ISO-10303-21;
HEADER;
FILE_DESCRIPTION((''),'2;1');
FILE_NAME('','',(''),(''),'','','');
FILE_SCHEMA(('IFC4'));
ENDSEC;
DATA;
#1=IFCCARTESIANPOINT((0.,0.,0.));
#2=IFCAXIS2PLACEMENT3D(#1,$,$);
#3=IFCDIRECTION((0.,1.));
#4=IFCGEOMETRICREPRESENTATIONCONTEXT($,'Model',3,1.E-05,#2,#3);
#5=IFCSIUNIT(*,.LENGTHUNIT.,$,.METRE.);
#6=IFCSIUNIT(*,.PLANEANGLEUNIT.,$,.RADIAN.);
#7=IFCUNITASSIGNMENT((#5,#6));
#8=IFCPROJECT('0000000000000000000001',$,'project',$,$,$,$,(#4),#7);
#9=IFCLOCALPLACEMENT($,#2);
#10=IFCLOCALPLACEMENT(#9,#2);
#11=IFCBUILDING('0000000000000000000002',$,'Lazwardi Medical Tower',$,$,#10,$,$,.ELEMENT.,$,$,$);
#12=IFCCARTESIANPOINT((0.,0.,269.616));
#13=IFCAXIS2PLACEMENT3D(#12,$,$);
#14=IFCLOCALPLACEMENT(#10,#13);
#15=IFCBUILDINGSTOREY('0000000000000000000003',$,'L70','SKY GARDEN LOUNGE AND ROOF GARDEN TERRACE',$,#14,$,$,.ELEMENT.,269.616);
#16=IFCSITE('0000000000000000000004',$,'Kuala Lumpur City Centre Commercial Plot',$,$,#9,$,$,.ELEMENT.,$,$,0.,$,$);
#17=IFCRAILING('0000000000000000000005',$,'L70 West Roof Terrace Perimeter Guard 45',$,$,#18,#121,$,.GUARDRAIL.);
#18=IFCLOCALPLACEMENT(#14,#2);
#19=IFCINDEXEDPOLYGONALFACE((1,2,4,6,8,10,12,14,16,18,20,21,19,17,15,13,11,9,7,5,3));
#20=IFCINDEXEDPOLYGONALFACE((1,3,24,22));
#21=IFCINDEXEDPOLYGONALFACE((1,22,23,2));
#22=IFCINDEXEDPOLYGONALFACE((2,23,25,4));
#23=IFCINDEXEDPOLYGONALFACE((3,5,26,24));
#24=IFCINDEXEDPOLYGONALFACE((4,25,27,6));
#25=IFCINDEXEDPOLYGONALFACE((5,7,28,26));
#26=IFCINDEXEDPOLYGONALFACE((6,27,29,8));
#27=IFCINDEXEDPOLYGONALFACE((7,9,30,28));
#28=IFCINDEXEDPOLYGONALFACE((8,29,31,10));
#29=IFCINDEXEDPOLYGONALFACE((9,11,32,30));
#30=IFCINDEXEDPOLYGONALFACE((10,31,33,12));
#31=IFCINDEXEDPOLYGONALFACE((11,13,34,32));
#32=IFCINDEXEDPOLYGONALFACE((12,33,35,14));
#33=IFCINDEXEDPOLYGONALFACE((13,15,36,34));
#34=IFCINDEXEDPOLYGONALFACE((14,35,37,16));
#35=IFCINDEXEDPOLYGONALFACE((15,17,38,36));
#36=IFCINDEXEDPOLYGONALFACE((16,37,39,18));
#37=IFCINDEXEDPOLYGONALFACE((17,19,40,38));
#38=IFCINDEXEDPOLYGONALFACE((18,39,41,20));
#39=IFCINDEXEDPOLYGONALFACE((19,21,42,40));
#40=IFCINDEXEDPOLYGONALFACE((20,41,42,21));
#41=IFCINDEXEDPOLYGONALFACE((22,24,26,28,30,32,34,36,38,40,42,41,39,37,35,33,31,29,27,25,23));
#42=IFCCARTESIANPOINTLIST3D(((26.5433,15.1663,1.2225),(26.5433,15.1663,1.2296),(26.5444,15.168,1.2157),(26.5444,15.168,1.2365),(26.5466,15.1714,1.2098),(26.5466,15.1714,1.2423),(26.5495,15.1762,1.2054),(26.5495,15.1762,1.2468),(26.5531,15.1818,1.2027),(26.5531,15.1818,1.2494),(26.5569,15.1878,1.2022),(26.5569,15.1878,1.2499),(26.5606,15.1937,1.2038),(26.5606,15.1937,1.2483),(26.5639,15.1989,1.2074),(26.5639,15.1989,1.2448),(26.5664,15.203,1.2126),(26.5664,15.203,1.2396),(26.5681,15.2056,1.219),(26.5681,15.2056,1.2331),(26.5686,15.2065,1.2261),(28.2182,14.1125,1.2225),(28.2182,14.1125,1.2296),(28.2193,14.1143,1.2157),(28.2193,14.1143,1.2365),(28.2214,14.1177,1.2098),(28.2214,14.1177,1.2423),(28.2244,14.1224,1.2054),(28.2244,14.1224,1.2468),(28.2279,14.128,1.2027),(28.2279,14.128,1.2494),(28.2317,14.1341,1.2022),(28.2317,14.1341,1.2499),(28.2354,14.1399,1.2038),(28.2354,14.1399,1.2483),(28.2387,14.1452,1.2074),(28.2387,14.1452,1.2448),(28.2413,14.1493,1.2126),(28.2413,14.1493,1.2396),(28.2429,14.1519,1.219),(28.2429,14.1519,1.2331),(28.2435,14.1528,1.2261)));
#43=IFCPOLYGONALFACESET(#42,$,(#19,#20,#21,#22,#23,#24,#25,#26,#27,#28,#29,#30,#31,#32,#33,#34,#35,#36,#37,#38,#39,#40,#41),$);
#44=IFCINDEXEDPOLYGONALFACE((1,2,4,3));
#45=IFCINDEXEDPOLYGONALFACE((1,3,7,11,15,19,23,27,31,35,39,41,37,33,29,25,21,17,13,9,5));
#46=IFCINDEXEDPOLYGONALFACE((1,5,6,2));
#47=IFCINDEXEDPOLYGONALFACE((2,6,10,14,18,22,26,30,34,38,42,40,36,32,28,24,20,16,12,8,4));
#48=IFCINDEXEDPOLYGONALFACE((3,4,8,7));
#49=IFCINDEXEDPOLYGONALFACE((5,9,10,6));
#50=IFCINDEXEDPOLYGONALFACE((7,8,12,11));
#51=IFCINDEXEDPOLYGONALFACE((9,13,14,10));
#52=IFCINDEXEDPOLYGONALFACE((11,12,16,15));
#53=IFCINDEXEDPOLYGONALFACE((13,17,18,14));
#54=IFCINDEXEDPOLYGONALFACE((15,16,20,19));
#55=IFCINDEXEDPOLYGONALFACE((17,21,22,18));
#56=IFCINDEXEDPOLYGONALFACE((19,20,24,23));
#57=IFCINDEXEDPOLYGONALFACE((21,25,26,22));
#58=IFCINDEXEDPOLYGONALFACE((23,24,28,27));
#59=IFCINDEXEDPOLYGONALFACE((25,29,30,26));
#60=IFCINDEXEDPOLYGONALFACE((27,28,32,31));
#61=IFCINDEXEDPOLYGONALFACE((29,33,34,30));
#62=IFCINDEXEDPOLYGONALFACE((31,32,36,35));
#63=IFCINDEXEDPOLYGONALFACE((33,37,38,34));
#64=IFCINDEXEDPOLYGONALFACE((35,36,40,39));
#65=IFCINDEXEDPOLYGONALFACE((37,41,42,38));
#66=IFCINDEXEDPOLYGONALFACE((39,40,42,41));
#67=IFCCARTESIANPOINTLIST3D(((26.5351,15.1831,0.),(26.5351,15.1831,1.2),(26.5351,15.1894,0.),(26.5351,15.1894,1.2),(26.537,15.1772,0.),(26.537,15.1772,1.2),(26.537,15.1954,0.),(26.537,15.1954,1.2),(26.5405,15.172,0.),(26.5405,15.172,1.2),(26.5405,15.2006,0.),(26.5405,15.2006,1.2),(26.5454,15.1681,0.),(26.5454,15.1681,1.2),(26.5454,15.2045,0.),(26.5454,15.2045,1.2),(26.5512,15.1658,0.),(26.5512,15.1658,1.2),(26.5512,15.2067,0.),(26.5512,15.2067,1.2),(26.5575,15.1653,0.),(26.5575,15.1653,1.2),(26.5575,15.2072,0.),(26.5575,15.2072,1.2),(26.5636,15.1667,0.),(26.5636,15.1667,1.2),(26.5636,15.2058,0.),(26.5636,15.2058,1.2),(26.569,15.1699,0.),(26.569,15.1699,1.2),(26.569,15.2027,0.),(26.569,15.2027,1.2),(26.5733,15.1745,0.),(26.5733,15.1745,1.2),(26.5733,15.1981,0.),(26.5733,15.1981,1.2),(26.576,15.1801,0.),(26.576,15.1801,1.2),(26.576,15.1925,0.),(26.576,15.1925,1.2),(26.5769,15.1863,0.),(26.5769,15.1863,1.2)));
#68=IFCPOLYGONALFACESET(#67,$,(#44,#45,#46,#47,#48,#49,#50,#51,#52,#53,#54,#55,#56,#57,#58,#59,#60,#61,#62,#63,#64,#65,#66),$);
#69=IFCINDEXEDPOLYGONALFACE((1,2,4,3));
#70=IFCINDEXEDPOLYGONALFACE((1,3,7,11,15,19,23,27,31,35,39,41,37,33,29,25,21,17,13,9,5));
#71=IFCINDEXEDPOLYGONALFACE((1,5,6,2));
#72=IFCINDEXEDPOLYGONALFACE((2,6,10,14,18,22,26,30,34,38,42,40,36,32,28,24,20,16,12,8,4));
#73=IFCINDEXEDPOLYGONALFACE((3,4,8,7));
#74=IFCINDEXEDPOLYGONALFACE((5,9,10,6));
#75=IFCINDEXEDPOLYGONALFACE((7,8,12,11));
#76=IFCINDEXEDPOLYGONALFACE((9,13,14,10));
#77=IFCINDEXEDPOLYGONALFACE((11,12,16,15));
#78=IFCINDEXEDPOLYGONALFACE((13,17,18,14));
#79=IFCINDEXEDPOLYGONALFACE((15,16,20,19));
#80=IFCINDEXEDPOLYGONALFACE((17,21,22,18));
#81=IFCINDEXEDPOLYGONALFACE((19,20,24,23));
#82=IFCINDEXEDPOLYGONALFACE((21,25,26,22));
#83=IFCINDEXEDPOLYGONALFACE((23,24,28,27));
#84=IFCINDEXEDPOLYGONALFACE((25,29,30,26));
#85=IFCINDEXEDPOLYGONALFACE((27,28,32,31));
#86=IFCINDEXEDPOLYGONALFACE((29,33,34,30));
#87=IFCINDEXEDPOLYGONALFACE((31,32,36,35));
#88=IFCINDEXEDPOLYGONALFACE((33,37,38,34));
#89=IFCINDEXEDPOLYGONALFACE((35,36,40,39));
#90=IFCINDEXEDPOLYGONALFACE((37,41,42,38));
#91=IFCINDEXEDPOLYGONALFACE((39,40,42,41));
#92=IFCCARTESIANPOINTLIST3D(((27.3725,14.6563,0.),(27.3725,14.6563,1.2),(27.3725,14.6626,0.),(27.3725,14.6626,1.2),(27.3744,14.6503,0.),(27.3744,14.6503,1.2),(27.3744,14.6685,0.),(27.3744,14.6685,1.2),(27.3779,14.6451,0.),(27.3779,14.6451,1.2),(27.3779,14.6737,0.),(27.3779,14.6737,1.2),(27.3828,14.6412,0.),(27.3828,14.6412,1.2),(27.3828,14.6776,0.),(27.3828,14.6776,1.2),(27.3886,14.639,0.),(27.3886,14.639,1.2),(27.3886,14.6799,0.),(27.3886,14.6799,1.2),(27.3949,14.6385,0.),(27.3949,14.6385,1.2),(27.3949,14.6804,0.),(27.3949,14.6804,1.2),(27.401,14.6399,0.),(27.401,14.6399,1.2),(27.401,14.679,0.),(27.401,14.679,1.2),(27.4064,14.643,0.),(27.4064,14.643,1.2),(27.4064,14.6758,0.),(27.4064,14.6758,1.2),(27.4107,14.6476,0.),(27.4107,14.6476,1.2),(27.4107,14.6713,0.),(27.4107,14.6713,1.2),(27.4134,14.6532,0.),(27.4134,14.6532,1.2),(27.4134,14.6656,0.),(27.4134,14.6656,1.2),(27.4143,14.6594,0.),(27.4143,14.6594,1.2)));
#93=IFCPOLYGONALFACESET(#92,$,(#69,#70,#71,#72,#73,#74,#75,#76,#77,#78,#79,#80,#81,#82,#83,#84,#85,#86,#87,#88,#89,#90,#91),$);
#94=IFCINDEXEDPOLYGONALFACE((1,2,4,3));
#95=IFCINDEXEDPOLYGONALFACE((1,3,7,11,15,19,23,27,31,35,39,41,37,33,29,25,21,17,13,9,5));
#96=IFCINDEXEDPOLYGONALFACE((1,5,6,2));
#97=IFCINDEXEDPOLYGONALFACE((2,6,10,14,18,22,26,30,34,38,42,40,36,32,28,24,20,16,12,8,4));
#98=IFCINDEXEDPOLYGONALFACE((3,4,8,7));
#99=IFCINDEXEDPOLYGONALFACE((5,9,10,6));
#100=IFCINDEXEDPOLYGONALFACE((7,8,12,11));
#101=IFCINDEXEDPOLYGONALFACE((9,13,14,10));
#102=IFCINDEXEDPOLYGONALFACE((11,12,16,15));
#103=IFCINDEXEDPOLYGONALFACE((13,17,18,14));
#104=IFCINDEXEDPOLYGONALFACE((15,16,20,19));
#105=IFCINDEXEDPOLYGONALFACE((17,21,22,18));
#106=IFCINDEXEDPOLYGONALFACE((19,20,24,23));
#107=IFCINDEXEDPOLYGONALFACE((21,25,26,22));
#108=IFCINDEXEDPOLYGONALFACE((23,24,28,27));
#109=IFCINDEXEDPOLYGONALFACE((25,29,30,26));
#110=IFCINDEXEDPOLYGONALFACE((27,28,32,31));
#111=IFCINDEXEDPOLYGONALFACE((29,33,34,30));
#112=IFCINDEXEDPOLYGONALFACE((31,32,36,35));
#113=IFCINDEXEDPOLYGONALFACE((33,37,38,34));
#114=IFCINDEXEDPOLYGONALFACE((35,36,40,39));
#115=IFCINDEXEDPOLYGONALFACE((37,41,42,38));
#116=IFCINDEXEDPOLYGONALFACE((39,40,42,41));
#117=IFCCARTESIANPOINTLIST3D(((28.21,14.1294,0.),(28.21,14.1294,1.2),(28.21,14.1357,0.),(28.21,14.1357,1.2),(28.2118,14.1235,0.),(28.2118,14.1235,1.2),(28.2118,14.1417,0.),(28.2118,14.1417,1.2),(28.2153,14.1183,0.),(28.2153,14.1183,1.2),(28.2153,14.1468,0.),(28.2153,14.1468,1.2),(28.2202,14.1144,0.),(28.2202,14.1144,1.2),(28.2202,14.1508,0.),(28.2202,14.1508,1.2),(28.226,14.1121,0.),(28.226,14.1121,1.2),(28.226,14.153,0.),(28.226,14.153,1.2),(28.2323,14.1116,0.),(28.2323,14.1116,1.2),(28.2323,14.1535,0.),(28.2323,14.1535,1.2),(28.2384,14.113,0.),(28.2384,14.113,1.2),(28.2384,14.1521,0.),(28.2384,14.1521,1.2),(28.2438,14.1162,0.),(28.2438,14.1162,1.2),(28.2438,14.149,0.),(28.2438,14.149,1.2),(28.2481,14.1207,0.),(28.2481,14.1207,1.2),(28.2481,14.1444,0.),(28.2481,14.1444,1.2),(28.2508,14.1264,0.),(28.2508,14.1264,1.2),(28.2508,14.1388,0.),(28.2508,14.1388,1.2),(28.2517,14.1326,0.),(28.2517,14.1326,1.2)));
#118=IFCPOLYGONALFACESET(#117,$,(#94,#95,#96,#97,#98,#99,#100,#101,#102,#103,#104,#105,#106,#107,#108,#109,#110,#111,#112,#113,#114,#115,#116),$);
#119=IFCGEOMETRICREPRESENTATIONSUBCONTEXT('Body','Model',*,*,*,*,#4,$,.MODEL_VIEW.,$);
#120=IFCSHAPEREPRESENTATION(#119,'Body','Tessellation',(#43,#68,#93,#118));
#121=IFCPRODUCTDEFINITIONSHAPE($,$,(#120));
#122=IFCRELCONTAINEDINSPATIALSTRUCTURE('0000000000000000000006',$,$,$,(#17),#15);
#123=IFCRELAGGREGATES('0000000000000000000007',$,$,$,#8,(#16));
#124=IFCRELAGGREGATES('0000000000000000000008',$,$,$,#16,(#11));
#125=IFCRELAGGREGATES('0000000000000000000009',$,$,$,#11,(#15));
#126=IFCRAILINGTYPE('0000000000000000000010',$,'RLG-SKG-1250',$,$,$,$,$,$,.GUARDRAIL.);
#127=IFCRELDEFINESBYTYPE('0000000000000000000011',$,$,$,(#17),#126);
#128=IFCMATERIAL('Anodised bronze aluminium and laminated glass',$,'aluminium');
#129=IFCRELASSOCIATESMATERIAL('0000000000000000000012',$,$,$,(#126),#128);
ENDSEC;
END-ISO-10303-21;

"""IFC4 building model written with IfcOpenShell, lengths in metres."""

from ifc_helpers import new_model, si_unit, direction, frame, origin, origin_2d, place, context, subcontext, project, spatial, circle, extrude, material, type_object, element, save


model = new_model("IFC4")

# Units and contexts
model_context = context("Model", 3, precision=1e-05, world=origin(), true_north=direction((0.0, 1.0)))
body_context = subcontext(model_context, "Body", "Model", "MODEL_VIEW")
ifc_project = project(units=[si_unit("LENGTHUNIT", "METRE"), si_unit("PLANEANGLEUNIT", "RADIAN")], contexts=[model_context])

# Site, building, storey
site_placement = place(None, origin())
site = spatial("IfcSite", under=ifc_project, at=site_placement, Name="Kuala Lumpur City Centre Commercial Plot", CompositionType="ELEMENT", RefElevation=0.0)
building_placement = place(site_placement, origin())
building = spatial("IfcBuilding", under=site, at=building_placement, Name="Lazwardi Medical Tower", CompositionType="ELEMENT")
storey_placement = place(building_placement, frame((0.0, 0.0, 269.616)))
storey = spatial("IfcBuildingStorey", under=building, at=storey_placement, Name="L70", Description="SKY GARDEN LOUNGE AND ROOF GARDEN TERRACE", CompositionType="ELEMENT", Elevation=269.616)

# Railing
ifc_material_1 = material(Name="Anodised bronze aluminium and laminated glass", Category="aluminium")
railing_type = type_object("IfcRailingType", Name="RLG-SKG-1250", PredefinedType="GUARDRAIL", material=ifc_material_1)
railing_1_placement = place(storey_placement, frame((26.5559, 15.1863, 0.0)))
element("IfcRailing", 1, at=railing_1_placement, inside=storey, type_object=railing_type, Name="L70 West Roof Terrace Perimeter Guard 45", PredefinedType="GUARDRAIL", context=body_context, shape_type="SweptSolid", body=[
    extrude(circle(Radius=0.0239, at=origin_2d()), frame((0.0, 0.0, 1.2261), z_axis=(0.846414, -0.532525, 0.0), x_axis=(0.532525, 0.846414, 0.0)), (0.0, 0.0, 1.0), 1.9788),
    extrude(circle(Radius=0.021, at=origin_2d()), origin(), (0.0, 0.0, 1.0), 1.2),
    extrude(circle(Radius=0.021, at=origin_2d()), frame((0.8374, -0.5269, 0.0)), (0.0, 0.0, 1.0), 1.2),
    extrude(circle(Radius=0.021, at=origin_2d()), frame((1.6748, -1.0537, 0.0)), (0.0, 0.0, 1.0), 1.2),
])

save(model, "model.ifc")
